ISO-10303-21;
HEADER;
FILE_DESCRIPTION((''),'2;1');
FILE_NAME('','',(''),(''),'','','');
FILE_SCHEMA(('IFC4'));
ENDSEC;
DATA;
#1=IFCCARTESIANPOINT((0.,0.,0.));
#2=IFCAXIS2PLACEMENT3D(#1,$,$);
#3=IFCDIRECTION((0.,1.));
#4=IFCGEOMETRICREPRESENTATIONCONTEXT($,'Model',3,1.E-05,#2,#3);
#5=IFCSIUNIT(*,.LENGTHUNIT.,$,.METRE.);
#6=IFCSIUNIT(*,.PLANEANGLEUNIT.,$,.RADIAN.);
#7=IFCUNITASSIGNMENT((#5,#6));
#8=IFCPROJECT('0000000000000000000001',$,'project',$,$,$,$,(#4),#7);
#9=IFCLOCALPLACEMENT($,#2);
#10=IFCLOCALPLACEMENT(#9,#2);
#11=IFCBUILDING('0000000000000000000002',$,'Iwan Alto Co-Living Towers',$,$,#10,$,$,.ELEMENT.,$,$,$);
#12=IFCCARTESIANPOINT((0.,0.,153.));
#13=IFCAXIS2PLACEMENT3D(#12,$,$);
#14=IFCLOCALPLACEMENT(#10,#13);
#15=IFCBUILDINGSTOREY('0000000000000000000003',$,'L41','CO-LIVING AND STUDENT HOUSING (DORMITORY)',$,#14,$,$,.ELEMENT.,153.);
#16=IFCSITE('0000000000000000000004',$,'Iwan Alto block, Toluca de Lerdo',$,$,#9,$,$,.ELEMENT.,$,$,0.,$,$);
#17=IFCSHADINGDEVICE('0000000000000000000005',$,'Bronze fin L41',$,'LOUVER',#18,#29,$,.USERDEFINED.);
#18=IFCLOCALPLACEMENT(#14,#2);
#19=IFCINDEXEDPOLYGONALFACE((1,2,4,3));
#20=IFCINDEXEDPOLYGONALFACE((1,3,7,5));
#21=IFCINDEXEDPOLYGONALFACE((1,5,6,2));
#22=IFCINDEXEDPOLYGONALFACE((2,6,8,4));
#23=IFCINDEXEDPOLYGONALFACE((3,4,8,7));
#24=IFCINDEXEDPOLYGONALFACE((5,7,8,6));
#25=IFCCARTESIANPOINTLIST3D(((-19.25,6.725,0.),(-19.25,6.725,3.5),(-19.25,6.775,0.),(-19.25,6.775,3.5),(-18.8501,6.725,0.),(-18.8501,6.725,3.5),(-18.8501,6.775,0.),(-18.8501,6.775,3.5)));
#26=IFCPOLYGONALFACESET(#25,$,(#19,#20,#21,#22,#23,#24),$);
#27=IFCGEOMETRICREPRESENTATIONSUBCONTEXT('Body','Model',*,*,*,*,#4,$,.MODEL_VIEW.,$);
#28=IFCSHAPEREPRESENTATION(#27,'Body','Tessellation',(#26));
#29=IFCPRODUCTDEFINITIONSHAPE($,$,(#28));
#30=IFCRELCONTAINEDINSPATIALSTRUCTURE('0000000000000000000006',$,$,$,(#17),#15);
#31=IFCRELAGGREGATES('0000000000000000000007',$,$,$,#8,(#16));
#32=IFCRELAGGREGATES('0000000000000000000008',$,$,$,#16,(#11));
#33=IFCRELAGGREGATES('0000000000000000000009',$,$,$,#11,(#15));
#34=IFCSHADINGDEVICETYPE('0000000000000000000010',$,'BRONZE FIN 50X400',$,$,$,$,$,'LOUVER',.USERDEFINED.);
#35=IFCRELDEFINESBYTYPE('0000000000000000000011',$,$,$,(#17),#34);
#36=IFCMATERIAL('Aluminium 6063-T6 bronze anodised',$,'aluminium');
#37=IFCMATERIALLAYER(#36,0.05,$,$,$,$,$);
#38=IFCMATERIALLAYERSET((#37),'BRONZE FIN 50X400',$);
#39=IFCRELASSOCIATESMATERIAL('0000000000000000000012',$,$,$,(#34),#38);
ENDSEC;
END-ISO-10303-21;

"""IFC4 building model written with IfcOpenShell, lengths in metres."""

from ifc_helpers import new_model, si_unit, direction, frame, origin, origin_2d, place, context, subcontext, project, spatial, rectangle, extrude, material, layer, layer_set, type_object, element, save


model = new_model("IFC4")

# Units and contexts
model_context = context("Model", 3, precision=1e-05, world=origin(), true_north=direction((0.0, 1.0)))
body_context = subcontext(model_context, "Body", "Model", "MODEL_VIEW")
ifc_project = project(units=[si_unit("LENGTHUNIT", "METRE"), si_unit("PLANEANGLEUNIT", "RADIAN")], contexts=[model_context])

# Site, building, storey
site_placement = place(None, origin())
site = spatial("IfcSite", under=ifc_project, at=site_placement, Name="Iwan Alto block, Toluca de Lerdo", CompositionType="ELEMENT", RefElevation=0.0)
building_placement = place(site_placement, origin())
building = spatial("IfcBuilding", under=site, at=building_placement, Name="Iwan Alto Co-Living Towers", CompositionType="ELEMENT")
storey_placement = place(building_placement, frame((0.0, 0.0, 153.0)))
storey = spatial("IfcBuildingStorey", under=building, at=storey_placement, Name="L41", Description="CO-LIVING AND STUDENT HOUSING (DORMITORY)", CompositionType="ELEMENT", Elevation=153.0)

# Shading device
ifc_material_1 = material(Name="Aluminium 6063-T6 bronze anodised", Category="aluminium")
ifc_layer_1 = layer(ifc_material_1, 0.05)
ifc_layer_set_1 = layer_set([ifc_layer_1], Name="BRONZE FIN 50X400")
shading_device_type = type_object("IfcShadingDeviceType", Name="BRONZE FIN 50X400", ElementType="LOUVER", PredefinedType="USERDEFINED", material=ifc_layer_set_1)
shading_device_placement = place(storey_placement, frame((-19.05, 6.75, 0.0), z_axis=(0.0, 0.0, 1.0), x_axis=(0.0, -1.0, 0.0)))
element("IfcShadingDevice", 1, at=shading_device_placement, inside=storey, type_object=shading_device_type, Name="Bronze fin L41", ObjectType="LOUVER", PredefinedType="USERDEFINED", context=body_context, shape_type="SweptSolid", body=[
    extrude(rectangle(XDim=0.05, YDim=0.3999, at=origin_2d()), origin(), (0.0, 0.0, 1.0), 3.5),
])

save(model, "model.ifc")
